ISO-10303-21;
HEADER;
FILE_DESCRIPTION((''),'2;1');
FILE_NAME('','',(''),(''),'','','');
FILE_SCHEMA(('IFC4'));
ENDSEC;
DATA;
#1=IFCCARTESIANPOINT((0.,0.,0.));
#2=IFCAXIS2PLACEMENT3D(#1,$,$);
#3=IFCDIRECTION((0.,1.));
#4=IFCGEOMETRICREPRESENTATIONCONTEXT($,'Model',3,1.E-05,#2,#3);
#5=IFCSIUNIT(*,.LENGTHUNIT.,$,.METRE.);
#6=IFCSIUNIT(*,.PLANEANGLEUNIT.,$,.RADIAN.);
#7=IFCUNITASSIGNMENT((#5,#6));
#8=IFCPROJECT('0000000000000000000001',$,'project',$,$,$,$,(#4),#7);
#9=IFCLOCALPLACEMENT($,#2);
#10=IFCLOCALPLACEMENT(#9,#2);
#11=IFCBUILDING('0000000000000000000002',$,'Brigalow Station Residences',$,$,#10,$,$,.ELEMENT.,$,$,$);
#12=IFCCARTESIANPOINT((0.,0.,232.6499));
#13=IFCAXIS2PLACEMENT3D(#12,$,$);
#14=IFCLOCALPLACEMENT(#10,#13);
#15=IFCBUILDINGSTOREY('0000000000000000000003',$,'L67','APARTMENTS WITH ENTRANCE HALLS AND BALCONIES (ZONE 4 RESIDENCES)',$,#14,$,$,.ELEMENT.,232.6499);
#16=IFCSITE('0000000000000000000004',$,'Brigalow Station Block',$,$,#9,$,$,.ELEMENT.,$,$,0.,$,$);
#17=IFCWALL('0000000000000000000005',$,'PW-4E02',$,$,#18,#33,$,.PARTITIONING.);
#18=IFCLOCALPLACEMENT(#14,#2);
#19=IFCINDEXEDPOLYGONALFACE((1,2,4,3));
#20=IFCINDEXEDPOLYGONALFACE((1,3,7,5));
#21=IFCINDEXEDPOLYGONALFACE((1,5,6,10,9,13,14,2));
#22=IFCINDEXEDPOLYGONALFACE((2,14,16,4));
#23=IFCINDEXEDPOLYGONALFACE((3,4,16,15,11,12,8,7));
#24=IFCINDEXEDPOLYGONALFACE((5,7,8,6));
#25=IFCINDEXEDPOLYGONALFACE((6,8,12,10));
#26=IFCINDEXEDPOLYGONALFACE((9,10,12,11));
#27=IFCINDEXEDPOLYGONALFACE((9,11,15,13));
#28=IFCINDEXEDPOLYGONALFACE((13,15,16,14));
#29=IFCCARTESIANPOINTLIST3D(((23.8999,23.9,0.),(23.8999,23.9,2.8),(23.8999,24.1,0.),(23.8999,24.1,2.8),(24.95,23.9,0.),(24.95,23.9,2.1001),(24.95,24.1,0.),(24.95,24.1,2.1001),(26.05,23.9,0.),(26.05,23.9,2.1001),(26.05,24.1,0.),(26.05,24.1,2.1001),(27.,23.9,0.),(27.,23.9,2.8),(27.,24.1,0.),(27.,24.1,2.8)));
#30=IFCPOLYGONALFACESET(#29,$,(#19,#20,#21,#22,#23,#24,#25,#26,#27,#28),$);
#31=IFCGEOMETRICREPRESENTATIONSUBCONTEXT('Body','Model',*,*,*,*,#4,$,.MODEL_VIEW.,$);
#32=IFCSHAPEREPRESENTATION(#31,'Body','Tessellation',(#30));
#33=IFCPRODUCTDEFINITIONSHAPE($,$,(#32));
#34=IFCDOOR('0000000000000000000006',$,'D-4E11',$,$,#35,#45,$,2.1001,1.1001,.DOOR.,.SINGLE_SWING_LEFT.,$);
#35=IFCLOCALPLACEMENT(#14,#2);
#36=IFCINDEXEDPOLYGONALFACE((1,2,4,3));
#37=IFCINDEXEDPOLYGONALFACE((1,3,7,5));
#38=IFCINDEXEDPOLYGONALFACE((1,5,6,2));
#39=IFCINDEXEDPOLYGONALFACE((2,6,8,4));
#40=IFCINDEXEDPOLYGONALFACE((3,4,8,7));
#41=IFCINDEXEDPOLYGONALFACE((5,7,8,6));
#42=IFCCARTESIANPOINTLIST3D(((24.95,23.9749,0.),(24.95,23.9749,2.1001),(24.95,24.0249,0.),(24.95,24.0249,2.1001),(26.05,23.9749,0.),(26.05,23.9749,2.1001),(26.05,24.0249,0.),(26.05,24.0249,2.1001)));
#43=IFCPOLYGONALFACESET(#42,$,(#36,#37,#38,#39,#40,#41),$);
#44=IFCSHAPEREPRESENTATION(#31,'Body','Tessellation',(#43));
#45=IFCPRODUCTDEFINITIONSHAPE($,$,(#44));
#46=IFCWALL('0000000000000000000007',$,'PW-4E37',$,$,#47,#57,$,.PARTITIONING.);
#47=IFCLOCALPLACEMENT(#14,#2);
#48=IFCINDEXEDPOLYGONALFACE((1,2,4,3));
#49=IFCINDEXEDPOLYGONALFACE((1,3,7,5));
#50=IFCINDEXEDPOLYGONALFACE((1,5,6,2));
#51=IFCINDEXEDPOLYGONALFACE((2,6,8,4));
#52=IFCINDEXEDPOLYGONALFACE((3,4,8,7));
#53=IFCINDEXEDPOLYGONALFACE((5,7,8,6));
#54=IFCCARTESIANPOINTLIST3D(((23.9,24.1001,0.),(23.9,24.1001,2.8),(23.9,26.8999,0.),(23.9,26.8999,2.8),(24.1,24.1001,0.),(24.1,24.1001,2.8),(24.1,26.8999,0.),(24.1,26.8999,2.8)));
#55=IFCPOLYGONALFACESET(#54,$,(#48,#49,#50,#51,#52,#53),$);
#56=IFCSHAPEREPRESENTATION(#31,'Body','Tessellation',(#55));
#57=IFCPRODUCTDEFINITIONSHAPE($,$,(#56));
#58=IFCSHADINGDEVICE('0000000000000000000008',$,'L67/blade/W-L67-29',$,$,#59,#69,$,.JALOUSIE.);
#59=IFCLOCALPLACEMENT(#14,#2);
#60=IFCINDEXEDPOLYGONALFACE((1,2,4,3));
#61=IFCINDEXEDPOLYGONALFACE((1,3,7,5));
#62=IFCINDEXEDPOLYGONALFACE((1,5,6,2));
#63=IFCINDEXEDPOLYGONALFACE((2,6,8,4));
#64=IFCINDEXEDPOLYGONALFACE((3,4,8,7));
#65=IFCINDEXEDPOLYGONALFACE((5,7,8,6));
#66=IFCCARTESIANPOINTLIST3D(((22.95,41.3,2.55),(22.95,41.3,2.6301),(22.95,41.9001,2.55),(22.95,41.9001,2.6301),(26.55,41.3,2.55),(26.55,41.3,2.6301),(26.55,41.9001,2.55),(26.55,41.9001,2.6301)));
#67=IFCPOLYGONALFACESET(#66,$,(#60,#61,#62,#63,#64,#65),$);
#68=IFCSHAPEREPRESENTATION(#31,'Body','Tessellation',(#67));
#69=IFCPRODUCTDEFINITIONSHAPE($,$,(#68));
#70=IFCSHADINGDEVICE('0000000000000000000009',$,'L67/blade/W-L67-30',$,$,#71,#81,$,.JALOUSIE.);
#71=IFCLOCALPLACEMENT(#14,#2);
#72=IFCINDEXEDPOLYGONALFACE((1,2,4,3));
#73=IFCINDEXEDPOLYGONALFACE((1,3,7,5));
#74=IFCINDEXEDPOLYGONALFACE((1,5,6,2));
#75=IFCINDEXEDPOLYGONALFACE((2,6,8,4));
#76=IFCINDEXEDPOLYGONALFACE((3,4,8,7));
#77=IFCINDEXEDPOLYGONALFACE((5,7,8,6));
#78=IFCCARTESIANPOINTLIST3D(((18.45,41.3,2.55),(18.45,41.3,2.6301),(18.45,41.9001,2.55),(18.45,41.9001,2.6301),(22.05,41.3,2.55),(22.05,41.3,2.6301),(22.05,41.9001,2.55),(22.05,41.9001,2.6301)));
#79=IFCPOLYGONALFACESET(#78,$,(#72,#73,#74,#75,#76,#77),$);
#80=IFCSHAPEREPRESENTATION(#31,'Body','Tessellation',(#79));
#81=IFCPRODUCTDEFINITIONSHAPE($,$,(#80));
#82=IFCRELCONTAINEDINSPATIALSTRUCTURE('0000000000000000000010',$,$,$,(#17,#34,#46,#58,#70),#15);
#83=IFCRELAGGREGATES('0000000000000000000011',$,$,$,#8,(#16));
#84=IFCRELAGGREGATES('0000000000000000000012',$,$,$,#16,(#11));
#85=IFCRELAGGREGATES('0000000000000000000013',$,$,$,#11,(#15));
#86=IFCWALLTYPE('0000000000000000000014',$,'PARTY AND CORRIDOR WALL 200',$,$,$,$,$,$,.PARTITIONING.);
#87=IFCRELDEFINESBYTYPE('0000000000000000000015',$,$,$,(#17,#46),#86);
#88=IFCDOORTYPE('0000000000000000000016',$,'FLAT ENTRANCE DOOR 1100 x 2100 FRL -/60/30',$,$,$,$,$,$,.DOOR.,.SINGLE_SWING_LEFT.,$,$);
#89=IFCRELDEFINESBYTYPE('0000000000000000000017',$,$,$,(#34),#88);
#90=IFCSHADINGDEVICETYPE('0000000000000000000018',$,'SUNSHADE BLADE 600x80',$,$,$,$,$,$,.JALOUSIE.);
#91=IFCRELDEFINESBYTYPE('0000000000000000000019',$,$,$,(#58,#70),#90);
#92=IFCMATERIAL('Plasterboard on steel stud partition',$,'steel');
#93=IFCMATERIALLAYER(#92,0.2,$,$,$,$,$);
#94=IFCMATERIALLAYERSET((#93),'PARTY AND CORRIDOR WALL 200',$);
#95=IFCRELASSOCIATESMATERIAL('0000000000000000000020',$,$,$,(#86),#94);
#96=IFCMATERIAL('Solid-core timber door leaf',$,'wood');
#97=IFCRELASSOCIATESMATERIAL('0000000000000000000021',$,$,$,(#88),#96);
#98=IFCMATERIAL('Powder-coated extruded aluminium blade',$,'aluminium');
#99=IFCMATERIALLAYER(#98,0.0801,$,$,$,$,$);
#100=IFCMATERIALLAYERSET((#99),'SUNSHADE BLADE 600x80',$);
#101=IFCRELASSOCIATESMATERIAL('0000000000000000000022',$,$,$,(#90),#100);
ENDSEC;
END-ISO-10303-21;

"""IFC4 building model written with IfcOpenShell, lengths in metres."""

from ifc_helpers import new_model, si_unit, direction, frame, frame_2d, origin, origin_2d, place, context, subcontext, project, spatial, rectangle, extrude, material, layer, layer_set, type_object, element, fill, save


model = new_model("IFC4")

# Units and contexts
model_context = context("Model", 3, precision=1e-05, world=origin(), true_north=direction((0.0, 1.0)))
body_context = subcontext(model_context, "Body", "Model", "MODEL_VIEW")
ifc_project = project(units=[si_unit("LENGTHUNIT", "METRE"), si_unit("PLANEANGLEUNIT", "RADIAN")], contexts=[model_context])

# Site, building, storey
site_placement = place(None, origin())
site = spatial("IfcSite", under=ifc_project, at=site_placement, Name="Brigalow Station Block", CompositionType="ELEMENT", RefElevation=0.0)
building_placement = place(site_placement, origin())
building = spatial("IfcBuilding", under=site, at=building_placement, Name="Brigalow Station Residences", CompositionType="ELEMENT")
storey_placement = place(building_placement, frame((0.0, 0.0, 232.6499)))
storey = spatial("IfcBuildingStorey", under=building, at=storey_placement, Name="L67", Description="APARTMENTS WITH ENTRANCE HALLS AND BALCONIES (ZONE 4 RESIDENCES)", CompositionType="ELEMENT", Elevation=232.6499)

# Wall, opening, door
ifc_material_1 = material(Name="Plasterboard on steel stud partition", Category="steel")
ifc_layer_1 = layer(ifc_material_1, 0.2)
ifc_layer_set_1 = layer_set([ifc_layer_1], Name="PARTY AND CORRIDOR WALL 200")
wall_type_1 = type_object("IfcWallType", Name="PARTY AND CORRIDOR WALL 200", PredefinedType="PARTITIONING", material=ifc_layer_set_1)
wall_1_placement = place(storey_placement, frame((23.8999, 24.0, 0.0), z_axis=(0.0, 0.0, 1.0), x_axis=(1.0, 0.0, 0.0)))
wall_1 = element("IfcWall", 1, at=wall_1_placement, inside=storey, type_object=wall_type_1, Name="PW-4E02", PredefinedType="PARTITIONING", context=body_context, shape_type="SweptSolid", body=[
    extrude(rectangle(XDim=3.1001, YDim=0.2, at=frame_2d((1.55, 0.0))), origin(), (0.0, 0.0, 1.0), 2.8),
])
opening_1_placement = place(wall_1_placement, frame((1.05, 0.0, 0.0)))
opening_1 = element("IfcOpeningElement", 2, at=opening_1_placement, cuts=wall_1, PredefinedType="OPENING", context=body_context, shape_type="SweptSolid", body=[
    extrude(rectangle(XDim=1.1001, YDim=2.1001, at=frame_2d((0.55, 1.05))), frame((0.0, 0.1099, 0.0), z_axis=(0.0, -1.0, 0.0), x_axis=(1.0, 0.0, 0.0)), (0.0, 0.0, 1.0), 0.22),
])
ifc_material_2 = material(Name="Solid-core timber door leaf", Category="wood")
door_type_1 = type_object("IfcDoorType", Name="FLAT ENTRANCE DOOR 1100 x 2100 FRL -/60/30", OperationType="SINGLE_SWING_LEFT", PredefinedType="DOOR", material=ifc_material_2)
door_1_placement = place(opening_1_placement, origin())
door_1 = element("IfcDoor", 3, at=door_1_placement, inside=storey, type_object=door_type_1, Name="D-4E11", OperationType="SINGLE_SWING_LEFT", OverallHeight=2.1001, OverallWidth=1.1001, PredefinedType="DOOR", context=body_context, shape_type="SweptSolid", body=[
    extrude(rectangle(XDim=1.1001, YDim=2.1001, at=frame_2d((0.55, 1.05))), frame((0.0, 0.0249, 0.0), z_axis=(0.0, -1.0, 0.0), x_axis=(1.0, 0.0, 0.0)), (0.0, 0.0, 1.0), 0.05),
])
fill(opening_1, door_1)

# Wall
wall_2_placement = place(storey_placement, frame((24.0, 24.1001, 0.0), z_axis=(0.0, 0.0, 1.0), x_axis=(0.0, 1.0, 0.0)))
element("IfcWall", 4, at=wall_2_placement, inside=storey, type_object=wall_type_1, Name="PW-4E37", PredefinedType="PARTITIONING", context=body_context, shape_type="SweptSolid", body=[
    extrude(rectangle(XDim=2.7998, YDim=0.2, at=frame_2d((1.3999, 0.0))), origin(), (0.0, 0.0, 1.0), 2.8),
])

# Shading devices
ifc_material_3 = material(Name="Powder-coated extruded aluminium blade", Category="aluminium")
ifc_layer_2 = layer(ifc_material_3, 0.0801)
ifc_layer_set_2 = layer_set([ifc_layer_2], Name="SUNSHADE BLADE 600x80")
shading_device_type = type_object("IfcShadingDeviceType", Name="SUNSHADE BLADE 600x80", PredefinedType="JALOUSIE", material=ifc_layer_set_2)
for number, where, z_axis, x_axis, name in (
    (5, (24.75, 41.6001, 2.55), (0.0, 0.0, 1.0), (-1.0, 0.0, 0.0), "L67/blade/W-L67-29"),
    (6, (20.25, 41.6001, 2.55), (0.0, 0.0, 1.0), (-1.0, 0.0, 0.0), "L67/blade/W-L67-30"),
):
    element("IfcShadingDevice", number, at=place(storey_placement, frame(where, z_axis=z_axis, x_axis=x_axis)), inside=storey, type_object=shading_device_type, Name=name, PredefinedType="JALOUSIE", context=body_context, shape_type="SweptSolid", body=[
        extrude(rectangle(XDim=3.6001, YDim=0.6001, at=origin_2d()), origin(), (0.0, 0.0, 1.0), 0.0801),
    ])

save(model, "model.ifc")
